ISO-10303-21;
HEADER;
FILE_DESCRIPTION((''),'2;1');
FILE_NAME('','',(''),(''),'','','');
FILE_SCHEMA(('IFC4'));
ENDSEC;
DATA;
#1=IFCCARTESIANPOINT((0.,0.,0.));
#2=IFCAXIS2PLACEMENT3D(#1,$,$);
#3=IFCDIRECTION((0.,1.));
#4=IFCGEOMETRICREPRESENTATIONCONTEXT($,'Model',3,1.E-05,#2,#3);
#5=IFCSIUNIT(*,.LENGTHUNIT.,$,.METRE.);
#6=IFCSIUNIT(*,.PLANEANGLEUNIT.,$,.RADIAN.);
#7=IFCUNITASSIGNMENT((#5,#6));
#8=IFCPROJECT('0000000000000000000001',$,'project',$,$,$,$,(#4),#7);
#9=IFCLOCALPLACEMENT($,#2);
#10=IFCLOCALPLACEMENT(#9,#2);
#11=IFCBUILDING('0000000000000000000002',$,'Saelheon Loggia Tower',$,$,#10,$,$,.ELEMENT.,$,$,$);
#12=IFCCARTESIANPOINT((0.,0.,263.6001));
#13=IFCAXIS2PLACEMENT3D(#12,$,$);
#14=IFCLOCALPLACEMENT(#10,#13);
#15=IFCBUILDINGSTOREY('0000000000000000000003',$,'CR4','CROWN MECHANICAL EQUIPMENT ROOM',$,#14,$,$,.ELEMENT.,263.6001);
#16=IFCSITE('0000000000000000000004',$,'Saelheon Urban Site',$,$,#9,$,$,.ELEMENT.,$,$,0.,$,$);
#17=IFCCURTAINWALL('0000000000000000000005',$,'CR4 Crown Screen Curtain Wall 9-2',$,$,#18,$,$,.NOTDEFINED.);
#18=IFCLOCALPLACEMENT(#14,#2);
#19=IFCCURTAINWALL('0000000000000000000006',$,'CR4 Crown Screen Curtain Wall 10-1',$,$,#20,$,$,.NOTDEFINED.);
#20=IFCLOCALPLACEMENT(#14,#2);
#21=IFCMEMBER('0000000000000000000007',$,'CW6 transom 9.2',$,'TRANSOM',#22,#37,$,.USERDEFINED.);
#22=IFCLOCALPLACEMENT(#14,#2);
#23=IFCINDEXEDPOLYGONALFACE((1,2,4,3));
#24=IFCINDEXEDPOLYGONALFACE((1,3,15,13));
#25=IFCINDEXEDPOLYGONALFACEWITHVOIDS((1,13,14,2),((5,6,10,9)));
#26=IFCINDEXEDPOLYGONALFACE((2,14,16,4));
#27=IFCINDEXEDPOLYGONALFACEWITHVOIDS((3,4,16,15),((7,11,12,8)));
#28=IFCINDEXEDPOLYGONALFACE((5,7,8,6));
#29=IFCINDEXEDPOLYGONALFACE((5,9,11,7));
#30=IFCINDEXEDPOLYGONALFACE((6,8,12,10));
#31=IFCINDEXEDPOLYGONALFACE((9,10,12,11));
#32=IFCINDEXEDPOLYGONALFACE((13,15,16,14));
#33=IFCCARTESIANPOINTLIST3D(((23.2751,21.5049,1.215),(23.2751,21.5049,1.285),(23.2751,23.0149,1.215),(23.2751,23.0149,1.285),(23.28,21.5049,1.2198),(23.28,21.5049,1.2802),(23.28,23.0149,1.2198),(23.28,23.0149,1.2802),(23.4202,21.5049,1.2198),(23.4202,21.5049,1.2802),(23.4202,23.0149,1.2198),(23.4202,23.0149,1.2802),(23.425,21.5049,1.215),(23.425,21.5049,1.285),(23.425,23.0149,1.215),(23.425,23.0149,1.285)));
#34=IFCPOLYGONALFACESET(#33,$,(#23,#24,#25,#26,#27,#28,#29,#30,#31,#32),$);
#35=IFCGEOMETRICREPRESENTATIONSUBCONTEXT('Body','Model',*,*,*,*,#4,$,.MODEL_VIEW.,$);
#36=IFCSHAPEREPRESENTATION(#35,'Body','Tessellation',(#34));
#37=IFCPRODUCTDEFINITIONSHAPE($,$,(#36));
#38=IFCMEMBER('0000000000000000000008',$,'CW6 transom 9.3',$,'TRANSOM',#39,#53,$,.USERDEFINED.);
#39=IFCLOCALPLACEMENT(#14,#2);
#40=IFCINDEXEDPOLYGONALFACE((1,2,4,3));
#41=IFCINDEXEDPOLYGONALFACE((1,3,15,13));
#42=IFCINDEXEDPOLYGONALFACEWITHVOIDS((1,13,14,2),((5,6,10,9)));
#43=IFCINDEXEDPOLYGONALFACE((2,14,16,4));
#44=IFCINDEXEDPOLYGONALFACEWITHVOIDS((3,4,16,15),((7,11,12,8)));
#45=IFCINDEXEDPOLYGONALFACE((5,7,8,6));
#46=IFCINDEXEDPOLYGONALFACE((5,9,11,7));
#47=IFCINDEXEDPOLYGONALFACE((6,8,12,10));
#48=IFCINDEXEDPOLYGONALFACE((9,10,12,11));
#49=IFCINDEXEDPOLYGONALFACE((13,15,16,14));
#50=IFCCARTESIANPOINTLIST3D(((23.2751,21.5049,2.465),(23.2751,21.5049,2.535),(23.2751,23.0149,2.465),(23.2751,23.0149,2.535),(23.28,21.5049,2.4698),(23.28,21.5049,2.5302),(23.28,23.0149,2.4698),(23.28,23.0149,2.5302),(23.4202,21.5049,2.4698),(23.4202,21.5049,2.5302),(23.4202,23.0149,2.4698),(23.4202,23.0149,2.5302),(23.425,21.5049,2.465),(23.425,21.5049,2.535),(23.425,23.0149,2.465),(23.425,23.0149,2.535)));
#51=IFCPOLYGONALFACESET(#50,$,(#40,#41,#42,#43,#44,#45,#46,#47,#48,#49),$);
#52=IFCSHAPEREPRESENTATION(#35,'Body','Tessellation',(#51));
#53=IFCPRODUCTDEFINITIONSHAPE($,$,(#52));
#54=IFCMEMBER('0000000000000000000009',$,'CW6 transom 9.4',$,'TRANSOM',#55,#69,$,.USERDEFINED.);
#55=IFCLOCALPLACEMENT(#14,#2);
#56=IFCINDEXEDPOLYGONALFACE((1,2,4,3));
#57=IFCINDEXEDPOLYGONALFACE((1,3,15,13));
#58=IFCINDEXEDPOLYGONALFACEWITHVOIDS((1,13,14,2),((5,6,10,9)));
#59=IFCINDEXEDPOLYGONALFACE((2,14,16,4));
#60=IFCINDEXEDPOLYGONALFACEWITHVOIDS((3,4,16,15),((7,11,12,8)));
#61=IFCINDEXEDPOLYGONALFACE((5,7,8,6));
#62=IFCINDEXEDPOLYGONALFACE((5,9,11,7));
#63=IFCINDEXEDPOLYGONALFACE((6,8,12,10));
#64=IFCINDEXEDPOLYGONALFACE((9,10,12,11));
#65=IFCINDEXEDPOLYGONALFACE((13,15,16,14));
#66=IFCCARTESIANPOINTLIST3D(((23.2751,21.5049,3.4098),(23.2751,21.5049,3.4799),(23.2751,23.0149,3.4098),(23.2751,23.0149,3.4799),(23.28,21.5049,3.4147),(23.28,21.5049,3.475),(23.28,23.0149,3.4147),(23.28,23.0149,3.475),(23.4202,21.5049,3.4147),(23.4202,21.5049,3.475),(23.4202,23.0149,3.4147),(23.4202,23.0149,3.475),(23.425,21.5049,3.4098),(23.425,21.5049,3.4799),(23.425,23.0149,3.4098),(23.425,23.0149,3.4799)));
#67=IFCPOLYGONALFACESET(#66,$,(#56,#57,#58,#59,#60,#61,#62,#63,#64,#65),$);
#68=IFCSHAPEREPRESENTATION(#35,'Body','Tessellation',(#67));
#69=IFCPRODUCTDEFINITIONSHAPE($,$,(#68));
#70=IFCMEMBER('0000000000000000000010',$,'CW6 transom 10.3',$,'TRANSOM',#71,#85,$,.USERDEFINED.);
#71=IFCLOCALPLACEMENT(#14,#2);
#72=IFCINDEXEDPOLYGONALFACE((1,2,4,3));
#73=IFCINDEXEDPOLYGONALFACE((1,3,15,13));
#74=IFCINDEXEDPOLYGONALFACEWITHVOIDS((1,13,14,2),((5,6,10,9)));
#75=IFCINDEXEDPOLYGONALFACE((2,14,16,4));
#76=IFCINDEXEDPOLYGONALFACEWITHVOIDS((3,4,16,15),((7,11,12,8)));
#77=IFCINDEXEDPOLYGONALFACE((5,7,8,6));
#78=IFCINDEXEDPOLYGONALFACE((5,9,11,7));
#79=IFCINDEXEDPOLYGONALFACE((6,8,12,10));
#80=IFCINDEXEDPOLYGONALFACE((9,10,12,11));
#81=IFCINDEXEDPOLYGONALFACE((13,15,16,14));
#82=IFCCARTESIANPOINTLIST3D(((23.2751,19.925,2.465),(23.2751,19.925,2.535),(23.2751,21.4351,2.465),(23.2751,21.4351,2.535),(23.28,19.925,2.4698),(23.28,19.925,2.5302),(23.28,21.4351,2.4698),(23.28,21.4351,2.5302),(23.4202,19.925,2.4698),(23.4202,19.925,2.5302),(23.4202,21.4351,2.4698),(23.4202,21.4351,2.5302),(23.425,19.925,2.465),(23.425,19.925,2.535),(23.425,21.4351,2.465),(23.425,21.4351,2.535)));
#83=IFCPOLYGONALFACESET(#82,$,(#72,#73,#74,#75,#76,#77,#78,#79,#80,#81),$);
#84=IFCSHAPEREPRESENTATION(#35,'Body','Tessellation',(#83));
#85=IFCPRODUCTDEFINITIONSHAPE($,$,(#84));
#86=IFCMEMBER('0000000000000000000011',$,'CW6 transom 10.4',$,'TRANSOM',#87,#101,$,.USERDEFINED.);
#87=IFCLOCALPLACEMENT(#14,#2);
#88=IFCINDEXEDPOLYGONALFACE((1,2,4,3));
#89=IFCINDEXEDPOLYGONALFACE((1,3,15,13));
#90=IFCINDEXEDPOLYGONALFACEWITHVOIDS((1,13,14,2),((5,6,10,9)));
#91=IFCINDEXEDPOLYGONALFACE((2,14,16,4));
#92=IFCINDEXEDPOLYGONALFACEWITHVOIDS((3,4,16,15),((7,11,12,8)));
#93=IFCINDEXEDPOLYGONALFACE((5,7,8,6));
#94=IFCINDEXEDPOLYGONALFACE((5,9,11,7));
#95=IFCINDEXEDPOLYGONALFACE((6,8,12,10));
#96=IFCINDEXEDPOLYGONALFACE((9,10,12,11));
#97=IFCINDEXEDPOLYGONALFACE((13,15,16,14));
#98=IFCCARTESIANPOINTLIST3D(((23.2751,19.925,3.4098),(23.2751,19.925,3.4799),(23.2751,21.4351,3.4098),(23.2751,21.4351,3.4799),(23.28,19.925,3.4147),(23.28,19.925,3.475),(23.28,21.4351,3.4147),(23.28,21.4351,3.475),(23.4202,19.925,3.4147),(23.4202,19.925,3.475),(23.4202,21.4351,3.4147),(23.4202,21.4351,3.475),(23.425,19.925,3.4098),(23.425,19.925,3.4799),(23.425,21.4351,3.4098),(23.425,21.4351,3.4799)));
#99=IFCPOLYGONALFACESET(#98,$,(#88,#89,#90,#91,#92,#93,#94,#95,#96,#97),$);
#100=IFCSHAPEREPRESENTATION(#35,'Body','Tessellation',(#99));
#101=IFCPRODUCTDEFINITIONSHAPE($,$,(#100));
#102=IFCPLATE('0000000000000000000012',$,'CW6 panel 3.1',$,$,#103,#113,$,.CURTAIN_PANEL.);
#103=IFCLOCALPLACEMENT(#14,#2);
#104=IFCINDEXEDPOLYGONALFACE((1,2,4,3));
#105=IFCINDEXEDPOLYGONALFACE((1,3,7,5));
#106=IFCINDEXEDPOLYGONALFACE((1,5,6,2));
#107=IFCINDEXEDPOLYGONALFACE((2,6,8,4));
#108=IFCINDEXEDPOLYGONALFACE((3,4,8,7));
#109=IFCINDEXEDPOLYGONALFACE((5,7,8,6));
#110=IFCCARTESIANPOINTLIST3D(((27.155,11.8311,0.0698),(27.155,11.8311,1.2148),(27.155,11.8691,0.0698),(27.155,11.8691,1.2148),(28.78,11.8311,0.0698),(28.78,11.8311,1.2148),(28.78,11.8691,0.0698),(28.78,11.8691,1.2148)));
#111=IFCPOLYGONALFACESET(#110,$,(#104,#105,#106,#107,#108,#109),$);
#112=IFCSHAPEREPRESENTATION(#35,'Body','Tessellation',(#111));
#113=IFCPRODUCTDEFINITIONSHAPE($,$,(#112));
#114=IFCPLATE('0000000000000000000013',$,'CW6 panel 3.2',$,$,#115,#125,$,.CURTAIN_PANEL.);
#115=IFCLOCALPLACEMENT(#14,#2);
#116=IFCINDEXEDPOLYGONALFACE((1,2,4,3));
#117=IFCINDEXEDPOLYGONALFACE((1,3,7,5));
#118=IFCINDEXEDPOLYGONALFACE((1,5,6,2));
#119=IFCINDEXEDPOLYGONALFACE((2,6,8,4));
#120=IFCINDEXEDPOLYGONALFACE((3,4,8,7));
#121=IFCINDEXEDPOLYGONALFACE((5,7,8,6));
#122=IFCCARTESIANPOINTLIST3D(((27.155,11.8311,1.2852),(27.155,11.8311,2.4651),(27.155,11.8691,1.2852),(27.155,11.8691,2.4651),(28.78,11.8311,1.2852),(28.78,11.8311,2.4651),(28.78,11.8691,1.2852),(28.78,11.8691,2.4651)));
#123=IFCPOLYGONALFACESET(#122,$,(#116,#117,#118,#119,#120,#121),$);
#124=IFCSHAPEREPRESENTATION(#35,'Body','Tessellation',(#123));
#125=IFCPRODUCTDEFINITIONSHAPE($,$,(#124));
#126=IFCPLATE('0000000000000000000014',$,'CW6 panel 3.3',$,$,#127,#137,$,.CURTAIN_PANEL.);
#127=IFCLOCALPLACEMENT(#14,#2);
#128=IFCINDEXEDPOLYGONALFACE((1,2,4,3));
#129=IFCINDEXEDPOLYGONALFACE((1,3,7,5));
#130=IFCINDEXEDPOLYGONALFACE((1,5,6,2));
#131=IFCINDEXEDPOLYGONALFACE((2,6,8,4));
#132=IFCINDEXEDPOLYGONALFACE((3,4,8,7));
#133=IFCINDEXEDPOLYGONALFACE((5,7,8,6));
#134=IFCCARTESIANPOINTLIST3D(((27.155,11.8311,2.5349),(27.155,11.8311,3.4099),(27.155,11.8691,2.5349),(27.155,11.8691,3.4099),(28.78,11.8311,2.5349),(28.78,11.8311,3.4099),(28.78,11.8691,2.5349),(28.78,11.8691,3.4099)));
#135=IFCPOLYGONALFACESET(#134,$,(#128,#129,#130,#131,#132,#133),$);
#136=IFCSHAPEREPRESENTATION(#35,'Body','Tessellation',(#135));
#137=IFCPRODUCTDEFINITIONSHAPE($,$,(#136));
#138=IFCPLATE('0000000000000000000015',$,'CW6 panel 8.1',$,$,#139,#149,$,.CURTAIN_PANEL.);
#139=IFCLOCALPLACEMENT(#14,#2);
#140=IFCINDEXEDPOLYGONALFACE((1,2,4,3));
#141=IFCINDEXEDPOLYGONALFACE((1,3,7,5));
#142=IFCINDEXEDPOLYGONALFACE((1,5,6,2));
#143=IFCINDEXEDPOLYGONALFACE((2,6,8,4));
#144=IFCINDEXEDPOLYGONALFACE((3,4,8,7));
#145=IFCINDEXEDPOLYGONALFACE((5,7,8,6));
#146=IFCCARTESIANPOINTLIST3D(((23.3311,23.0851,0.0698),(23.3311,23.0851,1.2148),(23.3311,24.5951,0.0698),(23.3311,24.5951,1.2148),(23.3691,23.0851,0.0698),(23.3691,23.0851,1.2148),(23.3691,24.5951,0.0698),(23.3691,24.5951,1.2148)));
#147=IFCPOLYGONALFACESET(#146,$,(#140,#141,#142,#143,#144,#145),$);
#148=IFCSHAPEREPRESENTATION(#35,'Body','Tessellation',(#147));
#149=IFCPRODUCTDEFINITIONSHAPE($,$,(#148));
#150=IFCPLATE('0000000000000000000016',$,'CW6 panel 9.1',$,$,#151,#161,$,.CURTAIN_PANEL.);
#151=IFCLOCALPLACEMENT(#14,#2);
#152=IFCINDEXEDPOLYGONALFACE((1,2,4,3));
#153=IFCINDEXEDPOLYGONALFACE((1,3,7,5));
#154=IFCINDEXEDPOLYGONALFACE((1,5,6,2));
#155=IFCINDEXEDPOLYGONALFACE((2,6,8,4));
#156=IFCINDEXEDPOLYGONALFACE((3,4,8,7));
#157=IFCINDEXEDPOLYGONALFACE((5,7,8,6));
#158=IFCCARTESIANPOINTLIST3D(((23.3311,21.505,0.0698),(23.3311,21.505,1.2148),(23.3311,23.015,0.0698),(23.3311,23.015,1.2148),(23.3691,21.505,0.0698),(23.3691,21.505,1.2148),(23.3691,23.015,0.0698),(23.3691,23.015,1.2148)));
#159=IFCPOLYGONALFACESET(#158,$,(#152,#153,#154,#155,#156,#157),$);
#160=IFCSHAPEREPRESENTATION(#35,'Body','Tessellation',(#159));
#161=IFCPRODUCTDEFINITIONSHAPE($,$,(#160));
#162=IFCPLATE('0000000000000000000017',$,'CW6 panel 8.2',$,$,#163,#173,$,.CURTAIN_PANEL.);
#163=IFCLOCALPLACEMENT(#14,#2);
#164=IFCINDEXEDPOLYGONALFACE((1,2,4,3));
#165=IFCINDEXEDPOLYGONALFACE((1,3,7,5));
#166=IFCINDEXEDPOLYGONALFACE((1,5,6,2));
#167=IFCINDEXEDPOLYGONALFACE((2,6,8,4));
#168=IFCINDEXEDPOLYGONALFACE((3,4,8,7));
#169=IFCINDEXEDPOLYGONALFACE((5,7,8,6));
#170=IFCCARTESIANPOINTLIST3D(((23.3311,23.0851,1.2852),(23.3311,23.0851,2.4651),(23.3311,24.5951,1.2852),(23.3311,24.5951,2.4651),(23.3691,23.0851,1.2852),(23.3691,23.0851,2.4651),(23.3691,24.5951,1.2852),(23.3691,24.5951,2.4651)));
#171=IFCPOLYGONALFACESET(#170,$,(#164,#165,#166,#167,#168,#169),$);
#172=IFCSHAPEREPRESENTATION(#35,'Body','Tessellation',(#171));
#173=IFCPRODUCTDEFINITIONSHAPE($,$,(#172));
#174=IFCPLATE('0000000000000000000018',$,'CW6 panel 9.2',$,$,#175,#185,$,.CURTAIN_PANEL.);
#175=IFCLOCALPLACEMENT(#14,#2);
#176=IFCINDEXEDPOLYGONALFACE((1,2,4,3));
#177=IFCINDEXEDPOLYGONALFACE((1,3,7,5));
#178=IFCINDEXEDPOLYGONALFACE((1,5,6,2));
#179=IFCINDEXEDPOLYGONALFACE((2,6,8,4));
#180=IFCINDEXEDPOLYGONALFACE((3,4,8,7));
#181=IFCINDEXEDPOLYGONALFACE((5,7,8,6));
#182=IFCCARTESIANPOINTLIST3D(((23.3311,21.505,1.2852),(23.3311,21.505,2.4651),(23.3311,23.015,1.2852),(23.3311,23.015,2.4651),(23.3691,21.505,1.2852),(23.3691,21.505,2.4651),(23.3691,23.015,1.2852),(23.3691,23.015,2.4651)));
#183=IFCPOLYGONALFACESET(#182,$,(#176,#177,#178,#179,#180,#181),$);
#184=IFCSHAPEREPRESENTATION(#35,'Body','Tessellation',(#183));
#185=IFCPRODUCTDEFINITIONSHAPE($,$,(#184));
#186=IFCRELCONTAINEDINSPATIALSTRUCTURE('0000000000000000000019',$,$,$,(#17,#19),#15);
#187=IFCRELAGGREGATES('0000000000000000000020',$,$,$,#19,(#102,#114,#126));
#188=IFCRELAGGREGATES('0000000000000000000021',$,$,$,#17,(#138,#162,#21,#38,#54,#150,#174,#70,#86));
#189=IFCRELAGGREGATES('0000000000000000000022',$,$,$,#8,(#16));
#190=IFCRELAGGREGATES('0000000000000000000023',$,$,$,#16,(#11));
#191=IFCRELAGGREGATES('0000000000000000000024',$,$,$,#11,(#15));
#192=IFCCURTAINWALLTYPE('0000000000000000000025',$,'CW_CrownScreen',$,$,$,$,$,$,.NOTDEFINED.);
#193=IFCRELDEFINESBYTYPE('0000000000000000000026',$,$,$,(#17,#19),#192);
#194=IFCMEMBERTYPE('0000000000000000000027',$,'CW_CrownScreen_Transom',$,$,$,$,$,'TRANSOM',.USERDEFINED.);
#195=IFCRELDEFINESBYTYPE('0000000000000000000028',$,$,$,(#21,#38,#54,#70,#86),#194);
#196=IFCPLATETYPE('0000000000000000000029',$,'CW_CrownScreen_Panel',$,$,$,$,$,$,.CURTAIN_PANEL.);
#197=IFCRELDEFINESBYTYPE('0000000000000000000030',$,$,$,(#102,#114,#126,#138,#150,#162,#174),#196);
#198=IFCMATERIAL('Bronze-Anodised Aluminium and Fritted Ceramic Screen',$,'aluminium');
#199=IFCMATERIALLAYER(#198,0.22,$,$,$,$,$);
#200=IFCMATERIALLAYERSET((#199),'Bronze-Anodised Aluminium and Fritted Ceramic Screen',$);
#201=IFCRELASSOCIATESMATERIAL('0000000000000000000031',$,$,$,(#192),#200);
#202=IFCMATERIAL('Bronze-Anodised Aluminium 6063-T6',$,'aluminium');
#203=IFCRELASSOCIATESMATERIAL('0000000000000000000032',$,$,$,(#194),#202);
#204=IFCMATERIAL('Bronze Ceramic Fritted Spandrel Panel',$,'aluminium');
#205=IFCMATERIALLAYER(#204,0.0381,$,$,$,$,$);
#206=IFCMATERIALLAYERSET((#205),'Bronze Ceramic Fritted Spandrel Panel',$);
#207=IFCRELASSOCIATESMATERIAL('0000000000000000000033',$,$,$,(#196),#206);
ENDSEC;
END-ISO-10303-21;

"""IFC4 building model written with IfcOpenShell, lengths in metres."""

from ifc_helpers import new_model, si_unit, direction, frame, origin, origin_2d, place, context, subcontext, project, spatial, rectangle, hollow_rectangle, extrude, source, transform, mapped, material, layer, layer_set, material_profile, profile_set, type_object, element, aggregate, save


model = new_model("IFC4")

# Units and contexts
model_context = context("Model", 3, precision=1e-05, world=origin(), true_north=direction((0.0, 1.0)))
body_context = subcontext(model_context, "Body", "Model", "MODEL_VIEW")
ifc_project = project(units=[si_unit("LENGTHUNIT", "METRE"), si_unit("PLANEANGLEUNIT", "RADIAN")], contexts=[model_context])

# Site, building, storey
site_placement = place(None, origin())
site = spatial("IfcSite", under=ifc_project, at=site_placement, Name="Saelheon Urban Site", CompositionType="ELEMENT", RefElevation=0.0)
building_placement = place(site_placement, origin())
building = spatial("IfcBuilding", under=site, at=building_placement, Name="Saelheon Loggia Tower", CompositionType="ELEMENT")
storey_placement = place(building_placement, frame((0.0, 0.0, 263.6001)))
storey = spatial("IfcBuildingStorey", under=building, at=storey_placement, Name="CR4", Description="CROWN MECHANICAL EQUIPMENT ROOM", CompositionType="ELEMENT", Elevation=263.6001)

# Curtain walls
ifc_material_1 = material(Name="Bronze-Anodised Aluminium and Fritted Ceramic Screen", Category="aluminium")
ifc_layer_1 = layer(ifc_material_1, 0.22)
ifc_layer_set_1 = layer_set([ifc_layer_1], Name="Bronze-Anodised Aluminium and Fritted Ceramic Screen")
curtain_wall_type = type_object("IfcCurtainWallType", Name="CW_CrownScreen", PredefinedType="NOTDEFINED", material=ifc_layer_set_1)
curtain_wall_1_placement = place(storey_placement, origin())
curtain_wall_1 = element("IfcCurtainWall", 1, at=curtain_wall_1_placement, inside=storey, type_object=curtain_wall_type, Name="CR4 Crown Screen Curtain Wall 9-2", PredefinedType="NOTDEFINED")
ifc_material_2 = material(Name="Bronze-Anodised Aluminium 6063-T6", Category="aluminium")
curtain_wall_2_placement = place(storey_placement, origin())
curtain_wall_2 = element("IfcCurtainWall", 2, at=curtain_wall_2_placement, inside=storey, type_object=curtain_wall_type, Name="CR4 Crown Screen Curtain Wall 10-1", PredefinedType="NOTDEFINED")
ifc_material_profile_1 = material_profile(ifc_material_2, hollow_rectangle(XDim=0.0701, YDim=0.1499, WallThickness=0.0049, at=origin_2d()), Name="RHS-150x70x5")
ifc_profile_set_1 = profile_set([ifc_material_profile_1], Name="Bronze-Anodised Aluminium 6063-T6")
member_type_1 = type_object("IfcMemberType", Name="CW_CrownScreen_Transom", ElementType="TRANSOM", PredefinedType="USERDEFINED", material=ifc_profile_set_1)

# Members
shared_shape_1 = source(origin(), body_context, "Body", "SweptSolid", [
    extrude(hollow_rectangle(XDim=0.0701, YDim=0.1499, WallThickness=0.0049, at=origin_2d()), origin(), (0.0, 0.0, 1.0), 1.51),
])
member_1_placement = place(storey_placement, frame((23.3501, 23.0149, 1.25), z_axis=(0.0, -1.0, 0.0), x_axis=(0.0, 0.0, 1.0)))
member_1 = element("IfcMember", 3, at=member_1_placement, type_object=member_type_1, Name="CW6 transom 9.2", ObjectType="TRANSOM", PredefinedType="USERDEFINED", context=body_context, shape_type="MappedRepresentation", body=[
    mapped(shared_shape_1, transform((0.0, 0.0, 0.0), scale=1.0)),
])
member_2_placement = place(storey_placement, frame((23.3501, 23.0149, 2.5), z_axis=(0.0, -1.0, 0.0), x_axis=(0.0, 0.0, 1.0)))
member_2 = element("IfcMember", 4, at=member_2_placement, type_object=member_type_1, Name="CW6 transom 9.3", ObjectType="TRANSOM", PredefinedType="USERDEFINED", context=body_context, shape_type="MappedRepresentation", body=[
    mapped(shared_shape_1, transform((0.0, 0.0, 0.0), scale=1.0)),
])
member_3_placement = place(storey_placement, frame((23.3501, 23.0149, 3.4448), z_axis=(0.0, -1.0, 0.0), x_axis=(0.0, 0.0, 1.0)))
member_3 = element("IfcMember", 5, at=member_3_placement, type_object=member_type_1, Name="CW6 transom 9.4", ObjectType="TRANSOM", PredefinedType="USERDEFINED", context=body_context, shape_type="MappedRepresentation", body=[
    mapped(shared_shape_1, transform((0.0, 0.0, 0.0), scale=1.0)),
])
member_4_placement = place(storey_placement, frame((23.3501, 21.4351, 2.5), z_axis=(0.0, -1.0, 0.0), x_axis=(0.0, 0.0, 1.0)))
member_4 = element("IfcMember", 6, at=member_4_placement, type_object=member_type_1, Name="CW6 transom 10.3", ObjectType="TRANSOM", PredefinedType="USERDEFINED", context=body_context, shape_type="MappedRepresentation", body=[
    mapped(shared_shape_1, transform((0.0, 0.0, 0.0), scale=1.0)),
])
member_5_placement = place(storey_placement, frame((23.3501, 21.4351, 3.4448), z_axis=(0.0, -1.0, 0.0), x_axis=(0.0, 0.0, 1.0)))
member_5 = element("IfcMember", 7, at=member_5_placement, type_object=member_type_1, Name="CW6 transom 10.4", ObjectType="TRANSOM", PredefinedType="USERDEFINED", context=body_context, shape_type="MappedRepresentation", body=[
    mapped(shared_shape_1, transform((0.0, 0.0, 0.0), scale=1.0)),
])

# Plates
ifc_material_3 = material(Name="Bronze Ceramic Fritted Spandrel Panel", Category="aluminium")
ifc_layer_2 = layer(ifc_material_3, 0.0381)
ifc_layer_set_2 = layer_set([ifc_layer_2], Name="Bronze Ceramic Fritted Spandrel Panel")
plate_type = type_object("IfcPlateType", Name="CW_CrownScreen_Panel", PredefinedType="CURTAIN_PANEL", material=ifc_layer_set_2)
shared_shape_2 = source(origin(), body_context, "Body", "SweptSolid", [
    extrude(rectangle(XDim=1.625, YDim=0.0381, at=origin_2d()), origin(), (0.0, 0.0, 1.0), 1.145),
])
plate_1_placement = place(storey_placement, frame((27.9675, 11.8501, 0.0698), z_axis=(0.0, 0.0, 1.0), x_axis=(1.0, 0.0, 0.0)))
plate_1 = element("IfcPlate", 8, at=plate_1_placement, type_object=plate_type, Name="CW6 panel 3.1", PredefinedType="CURTAIN_PANEL", context=body_context, shape_type="MappedRepresentation", body=[
    mapped(shared_shape_2, transform((0.0, 0.0, 0.0), scale=1.0)),
])
shared_shape_3 = source(origin(), body_context, "Body", "SweptSolid", [
    extrude(rectangle(XDim=1.625, YDim=0.0381, at=origin_2d()), origin(), (0.0, 0.0, 1.0), 1.1799),
])
plate_2_placement = place(storey_placement, frame((27.9675, 11.8501, 1.2852), z_axis=(0.0, 0.0, 1.0), x_axis=(1.0, 0.0, 0.0)))
plate_2 = element("IfcPlate", 9, at=plate_2_placement, type_object=plate_type, Name="CW6 panel 3.2", PredefinedType="CURTAIN_PANEL", context=body_context, shape_type="MappedRepresentation", body=[
    mapped(shared_shape_3, transform((0.0, 0.0, 0.0), scale=1.0)),
])
shared_shape_4 = source(origin(), body_context, "Body", "SweptSolid", [
    extrude(rectangle(XDim=1.625, YDim=0.0381, at=origin_2d()), origin(), (0.0, 0.0, 1.0), 0.875),
])
plate_3_placement = place(storey_placement, frame((27.9675, 11.8501, 2.5349), z_axis=(0.0, 0.0, 1.0), x_axis=(1.0, 0.0, 0.0)))
plate_3 = element("IfcPlate", 10, at=plate_3_placement, type_object=plate_type, Name="CW6 panel 3.3", PredefinedType="CURTAIN_PANEL", context=body_context, shape_type="MappedRepresentation", body=[
    mapped(shared_shape_4, transform((0.0, 0.0, 0.0), scale=1.0)),
])
aggregate(curtain_wall_2, [plate_1, plate_2, plate_3])
shared_shape_5 = source(origin(), body_context, "Body", "SweptSolid", [
    extrude(rectangle(XDim=1.51, YDim=0.0381, at=origin_2d()), origin(), (0.0, 0.0, 1.0), 1.145),
])
plate_4_placement = place(storey_placement, frame((23.3501, 23.8401, 0.0698), z_axis=(0.0, 0.0, 1.0), x_axis=(0.0, -1.0, 0.0)))
plate_4 = element("IfcPlate", 11, at=plate_4_placement, type_object=plate_type, Name="CW6 panel 8.1", PredefinedType="CURTAIN_PANEL", context=body_context, shape_type="MappedRepresentation", body=[
    mapped(shared_shape_5, transform((0.0, 0.0, 0.0), scale=1.0)),
])
plate_5_placement = place(storey_placement, frame((23.3501, 22.26, 0.0698), z_axis=(0.0, 0.0, 1.0), x_axis=(0.0, -1.0, 0.0)))
plate_5 = element("IfcPlate", 12, at=plate_5_placement, type_object=plate_type, Name="CW6 panel 9.1", PredefinedType="CURTAIN_PANEL", context=body_context, shape_type="MappedRepresentation", body=[
    mapped(shared_shape_5, transform((0.0, 0.0, 0.0), scale=1.0)),
])
shared_shape_6 = source(origin(), body_context, "Body", "SweptSolid", [
    extrude(rectangle(XDim=1.51, YDim=0.0381, at=origin_2d()), origin(), (0.0, 0.0, 1.0), 1.1799),
])
plate_6_placement = place(storey_placement, frame((23.3501, 23.8401, 1.2852), z_axis=(0.0, 0.0, 1.0), x_axis=(0.0, -1.0, 0.0)))
plate_6 = element("IfcPlate", 13, at=plate_6_placement, type_object=plate_type, Name="CW6 panel 8.2", PredefinedType="CURTAIN_PANEL", context=body_context, shape_type="MappedRepresentation", body=[
    mapped(shared_shape_6, transform((0.0, 0.0, 0.0), scale=1.0)),
])
plate_7_placement = place(storey_placement, frame((23.3501, 22.26, 1.2852), z_axis=(0.0, 0.0, 1.0), x_axis=(0.0, -1.0, 0.0)))
plate_7 = element("IfcPlate", 14, at=plate_7_placement, type_object=plate_type, Name="CW6 panel 9.2", PredefinedType="CURTAIN_PANEL", context=body_context, shape_type="MappedRepresentation", body=[
    mapped(shared_shape_6, transform((0.0, 0.0, 0.0), scale=1.0)),
])
aggregate(curtain_wall_1, [plate_4, plate_6, member_1, member_2, member_3, plate_5, plate_7, member_4, member_5])

save(model, "model.ifc")
